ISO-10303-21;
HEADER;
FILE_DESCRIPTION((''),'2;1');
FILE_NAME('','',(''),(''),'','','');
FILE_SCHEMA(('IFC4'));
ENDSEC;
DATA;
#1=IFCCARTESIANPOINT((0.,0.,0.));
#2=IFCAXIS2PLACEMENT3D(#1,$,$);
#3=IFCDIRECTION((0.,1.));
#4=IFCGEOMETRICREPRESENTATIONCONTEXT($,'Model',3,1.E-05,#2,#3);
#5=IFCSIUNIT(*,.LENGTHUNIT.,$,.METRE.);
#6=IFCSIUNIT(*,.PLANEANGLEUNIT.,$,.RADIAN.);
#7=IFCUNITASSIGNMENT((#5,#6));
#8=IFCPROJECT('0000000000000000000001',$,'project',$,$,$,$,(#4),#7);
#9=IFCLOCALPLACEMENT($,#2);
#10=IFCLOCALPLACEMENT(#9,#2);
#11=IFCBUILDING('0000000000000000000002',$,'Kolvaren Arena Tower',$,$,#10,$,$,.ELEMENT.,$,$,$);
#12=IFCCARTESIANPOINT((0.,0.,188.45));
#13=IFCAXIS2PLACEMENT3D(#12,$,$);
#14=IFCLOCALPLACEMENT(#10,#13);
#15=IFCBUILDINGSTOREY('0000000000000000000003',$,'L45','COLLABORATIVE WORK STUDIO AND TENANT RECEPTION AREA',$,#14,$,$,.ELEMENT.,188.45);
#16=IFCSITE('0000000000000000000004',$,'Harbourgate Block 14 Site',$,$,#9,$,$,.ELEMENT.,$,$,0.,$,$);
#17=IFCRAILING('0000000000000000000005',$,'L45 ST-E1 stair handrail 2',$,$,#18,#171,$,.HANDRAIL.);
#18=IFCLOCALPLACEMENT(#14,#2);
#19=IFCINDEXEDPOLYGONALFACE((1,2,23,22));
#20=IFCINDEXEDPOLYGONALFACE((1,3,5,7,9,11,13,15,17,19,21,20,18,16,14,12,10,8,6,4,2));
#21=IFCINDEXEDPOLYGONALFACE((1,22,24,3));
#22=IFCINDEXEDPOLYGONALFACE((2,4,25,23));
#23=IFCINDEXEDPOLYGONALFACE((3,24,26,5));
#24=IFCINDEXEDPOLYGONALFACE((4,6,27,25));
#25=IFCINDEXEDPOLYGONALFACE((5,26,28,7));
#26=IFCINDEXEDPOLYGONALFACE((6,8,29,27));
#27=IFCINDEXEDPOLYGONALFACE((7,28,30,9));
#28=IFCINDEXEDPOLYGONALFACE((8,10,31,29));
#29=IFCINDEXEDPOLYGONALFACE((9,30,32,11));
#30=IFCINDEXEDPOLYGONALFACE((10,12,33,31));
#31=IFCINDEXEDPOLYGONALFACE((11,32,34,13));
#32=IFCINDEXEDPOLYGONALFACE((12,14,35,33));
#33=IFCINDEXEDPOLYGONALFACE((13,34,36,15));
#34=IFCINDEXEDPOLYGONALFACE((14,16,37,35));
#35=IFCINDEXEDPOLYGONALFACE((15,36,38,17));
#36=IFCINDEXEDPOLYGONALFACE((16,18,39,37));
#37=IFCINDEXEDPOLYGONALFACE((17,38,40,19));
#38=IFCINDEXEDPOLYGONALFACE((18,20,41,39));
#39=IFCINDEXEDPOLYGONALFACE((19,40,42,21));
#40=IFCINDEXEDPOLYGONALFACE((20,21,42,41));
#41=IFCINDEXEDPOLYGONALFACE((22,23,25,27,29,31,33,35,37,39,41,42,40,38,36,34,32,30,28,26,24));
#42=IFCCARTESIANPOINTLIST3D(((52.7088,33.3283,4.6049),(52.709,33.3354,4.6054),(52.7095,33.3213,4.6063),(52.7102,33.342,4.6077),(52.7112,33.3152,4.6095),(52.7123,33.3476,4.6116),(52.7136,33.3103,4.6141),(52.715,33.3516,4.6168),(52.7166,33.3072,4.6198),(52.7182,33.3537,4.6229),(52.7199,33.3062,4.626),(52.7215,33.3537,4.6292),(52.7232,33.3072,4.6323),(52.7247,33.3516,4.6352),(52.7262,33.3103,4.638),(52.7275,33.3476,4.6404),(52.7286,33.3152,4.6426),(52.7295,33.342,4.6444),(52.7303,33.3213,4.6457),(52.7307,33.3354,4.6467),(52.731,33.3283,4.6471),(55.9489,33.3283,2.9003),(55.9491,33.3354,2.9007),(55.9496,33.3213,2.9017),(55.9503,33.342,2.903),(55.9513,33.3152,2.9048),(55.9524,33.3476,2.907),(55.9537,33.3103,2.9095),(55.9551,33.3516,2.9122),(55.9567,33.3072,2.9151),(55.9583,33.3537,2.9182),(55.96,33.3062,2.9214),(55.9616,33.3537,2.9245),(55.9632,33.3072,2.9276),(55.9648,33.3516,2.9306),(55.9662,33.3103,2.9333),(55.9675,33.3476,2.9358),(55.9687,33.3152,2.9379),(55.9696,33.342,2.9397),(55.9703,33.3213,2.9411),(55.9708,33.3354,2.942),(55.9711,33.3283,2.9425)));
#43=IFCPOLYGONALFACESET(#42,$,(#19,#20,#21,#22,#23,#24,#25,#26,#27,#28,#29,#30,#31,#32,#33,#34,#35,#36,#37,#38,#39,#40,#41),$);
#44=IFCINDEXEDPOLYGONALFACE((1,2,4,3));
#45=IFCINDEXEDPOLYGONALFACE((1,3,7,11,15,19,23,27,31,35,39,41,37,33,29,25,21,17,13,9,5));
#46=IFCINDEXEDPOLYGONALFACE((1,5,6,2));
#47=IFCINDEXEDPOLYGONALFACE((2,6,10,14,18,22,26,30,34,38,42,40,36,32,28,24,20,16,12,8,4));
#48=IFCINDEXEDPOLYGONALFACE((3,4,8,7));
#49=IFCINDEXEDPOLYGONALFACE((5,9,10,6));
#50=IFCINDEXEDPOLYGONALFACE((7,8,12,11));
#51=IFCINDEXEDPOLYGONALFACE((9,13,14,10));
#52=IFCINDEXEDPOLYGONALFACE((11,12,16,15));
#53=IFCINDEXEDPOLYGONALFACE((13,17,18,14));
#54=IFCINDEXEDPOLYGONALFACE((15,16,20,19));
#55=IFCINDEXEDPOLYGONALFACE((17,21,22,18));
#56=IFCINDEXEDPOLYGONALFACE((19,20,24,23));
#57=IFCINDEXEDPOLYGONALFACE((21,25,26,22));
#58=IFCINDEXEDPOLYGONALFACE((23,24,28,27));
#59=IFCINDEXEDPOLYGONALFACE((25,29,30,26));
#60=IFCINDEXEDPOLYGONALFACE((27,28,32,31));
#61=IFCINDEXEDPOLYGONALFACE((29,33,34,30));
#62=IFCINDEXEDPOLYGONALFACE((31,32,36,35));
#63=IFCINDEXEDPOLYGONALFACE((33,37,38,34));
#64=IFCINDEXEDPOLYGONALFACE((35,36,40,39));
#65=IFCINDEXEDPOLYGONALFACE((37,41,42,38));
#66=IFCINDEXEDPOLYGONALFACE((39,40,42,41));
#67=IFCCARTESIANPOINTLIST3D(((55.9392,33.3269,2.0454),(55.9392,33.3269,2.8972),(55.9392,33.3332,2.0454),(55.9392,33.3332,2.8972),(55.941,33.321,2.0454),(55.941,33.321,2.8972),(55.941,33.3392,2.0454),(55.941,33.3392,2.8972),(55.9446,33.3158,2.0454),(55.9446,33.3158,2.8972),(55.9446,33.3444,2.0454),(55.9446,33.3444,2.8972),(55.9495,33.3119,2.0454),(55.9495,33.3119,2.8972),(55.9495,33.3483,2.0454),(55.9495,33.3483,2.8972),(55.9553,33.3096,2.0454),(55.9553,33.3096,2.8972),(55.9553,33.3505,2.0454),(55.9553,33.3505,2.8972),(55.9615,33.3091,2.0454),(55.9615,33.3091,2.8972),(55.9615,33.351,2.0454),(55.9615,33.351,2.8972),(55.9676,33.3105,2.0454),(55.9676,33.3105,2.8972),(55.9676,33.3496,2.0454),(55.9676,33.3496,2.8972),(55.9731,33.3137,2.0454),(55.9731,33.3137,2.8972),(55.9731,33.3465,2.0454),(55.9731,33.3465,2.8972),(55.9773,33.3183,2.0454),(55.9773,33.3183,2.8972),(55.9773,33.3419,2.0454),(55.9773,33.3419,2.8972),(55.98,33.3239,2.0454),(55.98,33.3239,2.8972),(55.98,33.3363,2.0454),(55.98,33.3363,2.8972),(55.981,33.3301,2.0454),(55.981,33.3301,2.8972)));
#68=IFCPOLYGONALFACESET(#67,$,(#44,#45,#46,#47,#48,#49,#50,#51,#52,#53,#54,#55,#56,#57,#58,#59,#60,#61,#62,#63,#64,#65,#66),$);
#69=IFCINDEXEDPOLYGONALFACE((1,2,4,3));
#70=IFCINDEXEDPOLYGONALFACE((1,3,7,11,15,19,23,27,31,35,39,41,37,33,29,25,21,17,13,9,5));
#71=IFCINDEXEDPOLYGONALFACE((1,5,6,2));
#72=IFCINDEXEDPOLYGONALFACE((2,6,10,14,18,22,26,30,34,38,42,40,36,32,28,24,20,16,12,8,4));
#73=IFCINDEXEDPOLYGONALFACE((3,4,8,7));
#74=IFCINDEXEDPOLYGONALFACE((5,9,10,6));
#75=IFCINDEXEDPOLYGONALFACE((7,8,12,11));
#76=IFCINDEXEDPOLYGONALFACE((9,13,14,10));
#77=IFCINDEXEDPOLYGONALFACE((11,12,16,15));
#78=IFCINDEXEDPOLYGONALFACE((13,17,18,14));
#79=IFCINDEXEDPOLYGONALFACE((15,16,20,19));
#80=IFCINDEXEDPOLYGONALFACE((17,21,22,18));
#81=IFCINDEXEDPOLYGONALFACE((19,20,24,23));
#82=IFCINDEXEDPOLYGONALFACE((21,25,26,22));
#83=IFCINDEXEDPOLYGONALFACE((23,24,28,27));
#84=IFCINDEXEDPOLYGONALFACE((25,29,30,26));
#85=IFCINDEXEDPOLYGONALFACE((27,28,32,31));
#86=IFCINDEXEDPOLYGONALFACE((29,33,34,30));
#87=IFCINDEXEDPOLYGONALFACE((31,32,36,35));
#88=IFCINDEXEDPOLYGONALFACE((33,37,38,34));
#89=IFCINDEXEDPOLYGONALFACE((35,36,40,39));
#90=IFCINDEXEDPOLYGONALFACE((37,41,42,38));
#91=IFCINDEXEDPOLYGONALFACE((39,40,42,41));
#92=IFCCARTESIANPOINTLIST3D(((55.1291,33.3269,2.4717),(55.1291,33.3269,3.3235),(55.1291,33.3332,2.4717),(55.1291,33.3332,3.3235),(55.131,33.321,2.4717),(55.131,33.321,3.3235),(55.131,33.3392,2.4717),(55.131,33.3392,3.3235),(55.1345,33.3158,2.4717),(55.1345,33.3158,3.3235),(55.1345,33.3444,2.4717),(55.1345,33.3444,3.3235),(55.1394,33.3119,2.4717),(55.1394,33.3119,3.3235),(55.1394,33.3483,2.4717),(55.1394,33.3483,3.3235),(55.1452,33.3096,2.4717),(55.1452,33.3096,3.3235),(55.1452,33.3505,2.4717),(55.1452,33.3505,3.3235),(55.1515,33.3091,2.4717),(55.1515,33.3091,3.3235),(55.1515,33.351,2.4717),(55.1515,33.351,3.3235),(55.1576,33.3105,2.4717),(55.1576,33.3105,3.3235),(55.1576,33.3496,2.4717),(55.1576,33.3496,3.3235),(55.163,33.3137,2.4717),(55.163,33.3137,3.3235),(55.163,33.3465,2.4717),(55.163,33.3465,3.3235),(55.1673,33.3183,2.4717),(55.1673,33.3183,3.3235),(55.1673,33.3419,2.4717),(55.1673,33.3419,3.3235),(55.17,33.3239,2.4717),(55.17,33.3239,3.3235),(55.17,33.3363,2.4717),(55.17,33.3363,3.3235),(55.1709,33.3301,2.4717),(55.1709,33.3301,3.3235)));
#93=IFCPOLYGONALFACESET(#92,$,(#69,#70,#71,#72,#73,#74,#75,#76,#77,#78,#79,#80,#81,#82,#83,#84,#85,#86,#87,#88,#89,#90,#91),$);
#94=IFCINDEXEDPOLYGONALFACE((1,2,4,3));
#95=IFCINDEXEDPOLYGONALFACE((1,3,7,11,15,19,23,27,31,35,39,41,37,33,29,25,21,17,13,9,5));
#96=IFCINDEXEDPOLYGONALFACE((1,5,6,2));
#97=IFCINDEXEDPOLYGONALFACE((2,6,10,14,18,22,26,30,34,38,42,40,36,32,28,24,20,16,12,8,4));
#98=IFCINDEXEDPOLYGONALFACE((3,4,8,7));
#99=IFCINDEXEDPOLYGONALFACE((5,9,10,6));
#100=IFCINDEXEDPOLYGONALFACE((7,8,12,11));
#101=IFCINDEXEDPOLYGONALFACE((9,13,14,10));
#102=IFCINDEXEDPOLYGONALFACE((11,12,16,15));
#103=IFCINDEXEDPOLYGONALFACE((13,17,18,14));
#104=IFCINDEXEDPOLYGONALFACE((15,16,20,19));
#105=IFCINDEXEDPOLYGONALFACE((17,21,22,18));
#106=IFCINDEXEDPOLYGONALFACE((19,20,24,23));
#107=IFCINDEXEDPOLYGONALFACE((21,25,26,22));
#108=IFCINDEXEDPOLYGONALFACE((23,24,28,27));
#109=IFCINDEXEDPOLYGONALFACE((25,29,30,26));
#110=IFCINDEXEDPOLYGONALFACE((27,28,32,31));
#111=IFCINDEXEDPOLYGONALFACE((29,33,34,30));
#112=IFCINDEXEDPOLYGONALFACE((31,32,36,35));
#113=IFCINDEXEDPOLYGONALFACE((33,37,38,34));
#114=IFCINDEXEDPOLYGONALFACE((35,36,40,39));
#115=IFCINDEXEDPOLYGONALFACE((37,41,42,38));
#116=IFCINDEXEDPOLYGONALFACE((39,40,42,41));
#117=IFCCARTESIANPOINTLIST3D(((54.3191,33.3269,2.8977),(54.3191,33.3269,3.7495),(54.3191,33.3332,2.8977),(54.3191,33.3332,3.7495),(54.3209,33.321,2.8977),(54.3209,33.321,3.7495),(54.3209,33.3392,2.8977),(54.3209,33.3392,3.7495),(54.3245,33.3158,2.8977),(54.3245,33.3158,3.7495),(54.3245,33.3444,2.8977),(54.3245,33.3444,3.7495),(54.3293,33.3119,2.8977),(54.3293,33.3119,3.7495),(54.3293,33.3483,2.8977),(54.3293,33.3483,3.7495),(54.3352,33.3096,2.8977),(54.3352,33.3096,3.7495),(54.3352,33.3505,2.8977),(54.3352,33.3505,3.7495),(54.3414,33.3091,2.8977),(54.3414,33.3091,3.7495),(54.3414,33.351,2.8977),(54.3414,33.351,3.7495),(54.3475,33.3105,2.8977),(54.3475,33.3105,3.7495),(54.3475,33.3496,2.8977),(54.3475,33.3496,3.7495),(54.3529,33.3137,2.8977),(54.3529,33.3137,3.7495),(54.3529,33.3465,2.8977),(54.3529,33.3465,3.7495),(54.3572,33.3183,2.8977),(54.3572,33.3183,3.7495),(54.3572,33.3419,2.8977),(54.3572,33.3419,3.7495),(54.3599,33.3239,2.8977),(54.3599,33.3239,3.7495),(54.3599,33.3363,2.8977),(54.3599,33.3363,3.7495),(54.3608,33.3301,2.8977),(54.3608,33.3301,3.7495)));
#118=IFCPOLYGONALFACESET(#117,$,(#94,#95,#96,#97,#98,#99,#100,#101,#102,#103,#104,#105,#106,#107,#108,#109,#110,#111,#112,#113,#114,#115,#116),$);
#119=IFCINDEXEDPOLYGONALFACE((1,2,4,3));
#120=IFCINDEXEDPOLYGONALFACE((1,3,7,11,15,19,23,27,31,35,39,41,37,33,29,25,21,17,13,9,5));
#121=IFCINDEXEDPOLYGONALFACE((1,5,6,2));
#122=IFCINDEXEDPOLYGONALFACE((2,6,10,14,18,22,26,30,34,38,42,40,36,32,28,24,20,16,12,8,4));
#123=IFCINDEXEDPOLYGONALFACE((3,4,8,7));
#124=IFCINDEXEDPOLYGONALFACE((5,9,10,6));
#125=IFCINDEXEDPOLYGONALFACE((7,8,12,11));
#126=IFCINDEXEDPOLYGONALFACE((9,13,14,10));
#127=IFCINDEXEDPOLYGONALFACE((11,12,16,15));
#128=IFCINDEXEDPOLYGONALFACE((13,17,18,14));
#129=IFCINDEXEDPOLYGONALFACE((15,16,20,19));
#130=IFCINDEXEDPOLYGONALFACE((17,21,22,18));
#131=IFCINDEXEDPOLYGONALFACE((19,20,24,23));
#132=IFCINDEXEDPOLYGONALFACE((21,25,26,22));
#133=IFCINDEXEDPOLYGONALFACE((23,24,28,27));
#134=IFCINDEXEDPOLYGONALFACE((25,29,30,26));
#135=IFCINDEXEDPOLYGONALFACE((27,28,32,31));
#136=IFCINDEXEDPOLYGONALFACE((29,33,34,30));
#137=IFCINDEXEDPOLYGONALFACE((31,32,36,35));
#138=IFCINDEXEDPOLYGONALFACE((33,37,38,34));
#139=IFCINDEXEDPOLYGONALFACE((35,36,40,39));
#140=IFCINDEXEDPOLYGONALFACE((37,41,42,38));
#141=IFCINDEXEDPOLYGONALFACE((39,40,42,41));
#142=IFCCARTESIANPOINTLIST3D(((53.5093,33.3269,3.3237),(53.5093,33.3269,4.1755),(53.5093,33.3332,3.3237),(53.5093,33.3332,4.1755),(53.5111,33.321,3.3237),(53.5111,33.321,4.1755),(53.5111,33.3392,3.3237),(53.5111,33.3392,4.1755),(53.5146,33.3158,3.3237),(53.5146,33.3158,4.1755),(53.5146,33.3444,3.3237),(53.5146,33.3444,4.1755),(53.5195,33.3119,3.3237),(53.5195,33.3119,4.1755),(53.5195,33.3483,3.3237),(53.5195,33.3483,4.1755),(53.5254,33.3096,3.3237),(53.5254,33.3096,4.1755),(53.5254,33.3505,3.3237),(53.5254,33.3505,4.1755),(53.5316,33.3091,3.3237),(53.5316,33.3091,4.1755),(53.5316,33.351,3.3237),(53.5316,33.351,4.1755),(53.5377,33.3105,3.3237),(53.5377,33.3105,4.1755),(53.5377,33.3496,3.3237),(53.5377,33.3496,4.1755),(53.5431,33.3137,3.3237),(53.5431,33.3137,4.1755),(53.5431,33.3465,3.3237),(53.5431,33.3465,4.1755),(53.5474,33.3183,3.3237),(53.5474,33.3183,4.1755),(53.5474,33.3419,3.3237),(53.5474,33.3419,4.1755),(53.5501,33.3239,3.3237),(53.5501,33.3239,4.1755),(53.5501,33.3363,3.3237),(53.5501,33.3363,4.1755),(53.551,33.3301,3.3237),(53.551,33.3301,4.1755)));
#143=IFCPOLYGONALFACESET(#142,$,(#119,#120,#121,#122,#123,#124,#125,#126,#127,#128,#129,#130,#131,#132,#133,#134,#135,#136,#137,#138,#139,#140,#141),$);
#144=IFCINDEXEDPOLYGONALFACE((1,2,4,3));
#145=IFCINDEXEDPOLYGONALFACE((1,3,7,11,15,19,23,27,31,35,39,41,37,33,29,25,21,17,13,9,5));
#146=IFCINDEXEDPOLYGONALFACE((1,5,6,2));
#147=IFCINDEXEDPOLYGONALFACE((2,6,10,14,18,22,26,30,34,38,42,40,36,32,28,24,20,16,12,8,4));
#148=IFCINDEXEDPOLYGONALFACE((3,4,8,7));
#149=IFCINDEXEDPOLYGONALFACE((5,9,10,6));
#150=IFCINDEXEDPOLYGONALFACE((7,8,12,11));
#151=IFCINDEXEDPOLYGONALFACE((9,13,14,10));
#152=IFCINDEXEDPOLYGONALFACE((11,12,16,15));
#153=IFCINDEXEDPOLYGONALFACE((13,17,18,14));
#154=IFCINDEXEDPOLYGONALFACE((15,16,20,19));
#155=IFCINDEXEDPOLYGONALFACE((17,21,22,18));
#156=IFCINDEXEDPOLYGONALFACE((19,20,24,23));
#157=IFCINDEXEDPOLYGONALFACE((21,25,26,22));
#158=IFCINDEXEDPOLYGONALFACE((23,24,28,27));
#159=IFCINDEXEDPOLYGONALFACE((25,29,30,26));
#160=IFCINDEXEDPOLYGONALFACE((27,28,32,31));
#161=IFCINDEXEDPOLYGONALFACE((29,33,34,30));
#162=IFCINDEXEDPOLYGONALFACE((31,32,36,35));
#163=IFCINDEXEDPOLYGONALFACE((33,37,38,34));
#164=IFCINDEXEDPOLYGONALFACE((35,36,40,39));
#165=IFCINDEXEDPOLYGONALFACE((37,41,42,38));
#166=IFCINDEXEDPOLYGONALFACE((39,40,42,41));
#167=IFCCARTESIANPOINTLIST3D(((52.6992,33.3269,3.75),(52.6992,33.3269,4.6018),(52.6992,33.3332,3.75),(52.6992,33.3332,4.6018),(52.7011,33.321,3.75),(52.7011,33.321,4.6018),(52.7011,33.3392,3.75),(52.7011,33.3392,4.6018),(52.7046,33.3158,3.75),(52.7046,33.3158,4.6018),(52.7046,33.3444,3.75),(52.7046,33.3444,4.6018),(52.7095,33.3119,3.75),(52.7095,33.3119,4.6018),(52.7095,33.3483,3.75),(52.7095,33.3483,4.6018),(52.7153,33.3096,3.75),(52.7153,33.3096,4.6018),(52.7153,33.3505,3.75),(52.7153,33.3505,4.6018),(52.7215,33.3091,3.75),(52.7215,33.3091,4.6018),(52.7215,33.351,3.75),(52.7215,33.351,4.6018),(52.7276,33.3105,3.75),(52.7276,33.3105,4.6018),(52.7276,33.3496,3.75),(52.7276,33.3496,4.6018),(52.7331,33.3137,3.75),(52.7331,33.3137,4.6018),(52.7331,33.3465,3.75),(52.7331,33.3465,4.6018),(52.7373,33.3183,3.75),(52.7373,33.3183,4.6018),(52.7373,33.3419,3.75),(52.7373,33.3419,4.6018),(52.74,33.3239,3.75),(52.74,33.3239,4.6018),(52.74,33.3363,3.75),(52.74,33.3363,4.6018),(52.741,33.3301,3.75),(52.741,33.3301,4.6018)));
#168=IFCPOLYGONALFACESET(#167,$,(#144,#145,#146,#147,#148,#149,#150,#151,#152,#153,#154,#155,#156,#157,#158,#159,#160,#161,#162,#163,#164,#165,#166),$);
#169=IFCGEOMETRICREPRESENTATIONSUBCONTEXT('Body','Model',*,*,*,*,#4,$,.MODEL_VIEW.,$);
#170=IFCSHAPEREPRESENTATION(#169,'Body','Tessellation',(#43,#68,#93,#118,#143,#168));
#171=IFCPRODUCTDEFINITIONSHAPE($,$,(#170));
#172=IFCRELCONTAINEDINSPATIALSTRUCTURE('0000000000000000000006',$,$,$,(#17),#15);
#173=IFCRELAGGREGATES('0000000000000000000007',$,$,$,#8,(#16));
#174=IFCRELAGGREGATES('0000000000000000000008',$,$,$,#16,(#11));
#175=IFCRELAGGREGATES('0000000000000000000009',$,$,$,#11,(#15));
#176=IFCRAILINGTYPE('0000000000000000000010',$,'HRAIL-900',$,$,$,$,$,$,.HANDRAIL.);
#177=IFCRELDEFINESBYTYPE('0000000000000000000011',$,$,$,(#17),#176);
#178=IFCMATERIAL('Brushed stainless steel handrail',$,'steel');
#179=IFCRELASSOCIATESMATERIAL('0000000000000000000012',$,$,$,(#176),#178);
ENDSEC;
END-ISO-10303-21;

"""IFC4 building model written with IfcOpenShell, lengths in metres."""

from ifc_helpers import new_model, si_unit, direction, frame, origin, origin_2d, place, context, subcontext, project, spatial, circle, extrude, material, type_object, element, save


model = new_model("IFC4")

# Units and contexts
model_context = context("Model", 3, precision=1e-05, world=origin(), true_north=direction((0.0, 1.0)))
body_context = subcontext(model_context, "Body", "Model", "MODEL_VIEW")
ifc_project = project(units=[si_unit("LENGTHUNIT", "METRE"), si_unit("PLANEANGLEUNIT", "RADIAN")], contexts=[model_context])

# Site, building, storey
site_placement = place(None, origin())
site = spatial("IfcSite", under=ifc_project, at=site_placement, Name="Harbourgate Block 14 Site", CompositionType="ELEMENT", RefElevation=0.0)
building_placement = place(site_placement, origin())
building = spatial("IfcBuilding", under=site, at=building_placement, Name="Kolvaren Arena Tower", CompositionType="ELEMENT")
storey_placement = place(building_placement, frame((0.0, 0.0, 188.45)))
storey = spatial("IfcBuildingStorey", under=building, at=storey_placement, Name="L45", Description="COLLABORATIVE WORK STUDIO AND TENANT RECEPTION AREA", CompositionType="ELEMENT", Elevation=188.45)

# Railing
ifc_material_1 = material(Name="Brushed stainless steel handrail", Category="steel")
railing_type_1 = type_object("IfcRailingType", Name="HRAIL-900", PredefinedType="HANDRAIL", material=ifc_material_1)
for number, where, name in (
    (1, (55.96, 33.3301, 2.0454), "L45 ST-E1 stair handrail 2"),
):
    element("IfcRailing", number, at=place(storey_placement, frame(where)), inside=storey, type_object=railing_type_1, Name=name, PredefinedType="HANDRAIL", context=body_context, shape_type="SweptSolid", body=[
        extrude(circle(Radius=0.0239, at=origin_2d()), frame((0.0, 0.0, 0.876), z_axis=(-0.884993, 0.0, 0.465604), x_axis=(0.0, -1.0, 0.0)), (0.0, 0.0, 1.0), 3.6611),
        extrude(circle(Radius=0.021, at=origin_2d()), origin(), (0.0, 0.0, 1.0), 0.8518),
        extrude(circle(Radius=0.021, at=origin_2d()), frame((-0.8101, 0.0, 0.4263)), (0.0, 0.0, 1.0), 0.8518),
        extrude(circle(Radius=0.021, at=origin_2d()), frame((-1.6201, 0.0, 0.8523)), (0.0, 0.0, 1.0), 0.8518),
        extrude(circle(Radius=0.021, at=origin_2d()), frame((-2.4299, 0.0, 1.2783)), (0.0, 0.0, 1.0), 0.8518),
        extrude(circle(Radius=0.021, at=origin_2d()), frame((-3.24, 0.0, 1.7046)), (0.0, 0.0, 1.0), 0.8518),
    ])

save(model, "model.ifc")
